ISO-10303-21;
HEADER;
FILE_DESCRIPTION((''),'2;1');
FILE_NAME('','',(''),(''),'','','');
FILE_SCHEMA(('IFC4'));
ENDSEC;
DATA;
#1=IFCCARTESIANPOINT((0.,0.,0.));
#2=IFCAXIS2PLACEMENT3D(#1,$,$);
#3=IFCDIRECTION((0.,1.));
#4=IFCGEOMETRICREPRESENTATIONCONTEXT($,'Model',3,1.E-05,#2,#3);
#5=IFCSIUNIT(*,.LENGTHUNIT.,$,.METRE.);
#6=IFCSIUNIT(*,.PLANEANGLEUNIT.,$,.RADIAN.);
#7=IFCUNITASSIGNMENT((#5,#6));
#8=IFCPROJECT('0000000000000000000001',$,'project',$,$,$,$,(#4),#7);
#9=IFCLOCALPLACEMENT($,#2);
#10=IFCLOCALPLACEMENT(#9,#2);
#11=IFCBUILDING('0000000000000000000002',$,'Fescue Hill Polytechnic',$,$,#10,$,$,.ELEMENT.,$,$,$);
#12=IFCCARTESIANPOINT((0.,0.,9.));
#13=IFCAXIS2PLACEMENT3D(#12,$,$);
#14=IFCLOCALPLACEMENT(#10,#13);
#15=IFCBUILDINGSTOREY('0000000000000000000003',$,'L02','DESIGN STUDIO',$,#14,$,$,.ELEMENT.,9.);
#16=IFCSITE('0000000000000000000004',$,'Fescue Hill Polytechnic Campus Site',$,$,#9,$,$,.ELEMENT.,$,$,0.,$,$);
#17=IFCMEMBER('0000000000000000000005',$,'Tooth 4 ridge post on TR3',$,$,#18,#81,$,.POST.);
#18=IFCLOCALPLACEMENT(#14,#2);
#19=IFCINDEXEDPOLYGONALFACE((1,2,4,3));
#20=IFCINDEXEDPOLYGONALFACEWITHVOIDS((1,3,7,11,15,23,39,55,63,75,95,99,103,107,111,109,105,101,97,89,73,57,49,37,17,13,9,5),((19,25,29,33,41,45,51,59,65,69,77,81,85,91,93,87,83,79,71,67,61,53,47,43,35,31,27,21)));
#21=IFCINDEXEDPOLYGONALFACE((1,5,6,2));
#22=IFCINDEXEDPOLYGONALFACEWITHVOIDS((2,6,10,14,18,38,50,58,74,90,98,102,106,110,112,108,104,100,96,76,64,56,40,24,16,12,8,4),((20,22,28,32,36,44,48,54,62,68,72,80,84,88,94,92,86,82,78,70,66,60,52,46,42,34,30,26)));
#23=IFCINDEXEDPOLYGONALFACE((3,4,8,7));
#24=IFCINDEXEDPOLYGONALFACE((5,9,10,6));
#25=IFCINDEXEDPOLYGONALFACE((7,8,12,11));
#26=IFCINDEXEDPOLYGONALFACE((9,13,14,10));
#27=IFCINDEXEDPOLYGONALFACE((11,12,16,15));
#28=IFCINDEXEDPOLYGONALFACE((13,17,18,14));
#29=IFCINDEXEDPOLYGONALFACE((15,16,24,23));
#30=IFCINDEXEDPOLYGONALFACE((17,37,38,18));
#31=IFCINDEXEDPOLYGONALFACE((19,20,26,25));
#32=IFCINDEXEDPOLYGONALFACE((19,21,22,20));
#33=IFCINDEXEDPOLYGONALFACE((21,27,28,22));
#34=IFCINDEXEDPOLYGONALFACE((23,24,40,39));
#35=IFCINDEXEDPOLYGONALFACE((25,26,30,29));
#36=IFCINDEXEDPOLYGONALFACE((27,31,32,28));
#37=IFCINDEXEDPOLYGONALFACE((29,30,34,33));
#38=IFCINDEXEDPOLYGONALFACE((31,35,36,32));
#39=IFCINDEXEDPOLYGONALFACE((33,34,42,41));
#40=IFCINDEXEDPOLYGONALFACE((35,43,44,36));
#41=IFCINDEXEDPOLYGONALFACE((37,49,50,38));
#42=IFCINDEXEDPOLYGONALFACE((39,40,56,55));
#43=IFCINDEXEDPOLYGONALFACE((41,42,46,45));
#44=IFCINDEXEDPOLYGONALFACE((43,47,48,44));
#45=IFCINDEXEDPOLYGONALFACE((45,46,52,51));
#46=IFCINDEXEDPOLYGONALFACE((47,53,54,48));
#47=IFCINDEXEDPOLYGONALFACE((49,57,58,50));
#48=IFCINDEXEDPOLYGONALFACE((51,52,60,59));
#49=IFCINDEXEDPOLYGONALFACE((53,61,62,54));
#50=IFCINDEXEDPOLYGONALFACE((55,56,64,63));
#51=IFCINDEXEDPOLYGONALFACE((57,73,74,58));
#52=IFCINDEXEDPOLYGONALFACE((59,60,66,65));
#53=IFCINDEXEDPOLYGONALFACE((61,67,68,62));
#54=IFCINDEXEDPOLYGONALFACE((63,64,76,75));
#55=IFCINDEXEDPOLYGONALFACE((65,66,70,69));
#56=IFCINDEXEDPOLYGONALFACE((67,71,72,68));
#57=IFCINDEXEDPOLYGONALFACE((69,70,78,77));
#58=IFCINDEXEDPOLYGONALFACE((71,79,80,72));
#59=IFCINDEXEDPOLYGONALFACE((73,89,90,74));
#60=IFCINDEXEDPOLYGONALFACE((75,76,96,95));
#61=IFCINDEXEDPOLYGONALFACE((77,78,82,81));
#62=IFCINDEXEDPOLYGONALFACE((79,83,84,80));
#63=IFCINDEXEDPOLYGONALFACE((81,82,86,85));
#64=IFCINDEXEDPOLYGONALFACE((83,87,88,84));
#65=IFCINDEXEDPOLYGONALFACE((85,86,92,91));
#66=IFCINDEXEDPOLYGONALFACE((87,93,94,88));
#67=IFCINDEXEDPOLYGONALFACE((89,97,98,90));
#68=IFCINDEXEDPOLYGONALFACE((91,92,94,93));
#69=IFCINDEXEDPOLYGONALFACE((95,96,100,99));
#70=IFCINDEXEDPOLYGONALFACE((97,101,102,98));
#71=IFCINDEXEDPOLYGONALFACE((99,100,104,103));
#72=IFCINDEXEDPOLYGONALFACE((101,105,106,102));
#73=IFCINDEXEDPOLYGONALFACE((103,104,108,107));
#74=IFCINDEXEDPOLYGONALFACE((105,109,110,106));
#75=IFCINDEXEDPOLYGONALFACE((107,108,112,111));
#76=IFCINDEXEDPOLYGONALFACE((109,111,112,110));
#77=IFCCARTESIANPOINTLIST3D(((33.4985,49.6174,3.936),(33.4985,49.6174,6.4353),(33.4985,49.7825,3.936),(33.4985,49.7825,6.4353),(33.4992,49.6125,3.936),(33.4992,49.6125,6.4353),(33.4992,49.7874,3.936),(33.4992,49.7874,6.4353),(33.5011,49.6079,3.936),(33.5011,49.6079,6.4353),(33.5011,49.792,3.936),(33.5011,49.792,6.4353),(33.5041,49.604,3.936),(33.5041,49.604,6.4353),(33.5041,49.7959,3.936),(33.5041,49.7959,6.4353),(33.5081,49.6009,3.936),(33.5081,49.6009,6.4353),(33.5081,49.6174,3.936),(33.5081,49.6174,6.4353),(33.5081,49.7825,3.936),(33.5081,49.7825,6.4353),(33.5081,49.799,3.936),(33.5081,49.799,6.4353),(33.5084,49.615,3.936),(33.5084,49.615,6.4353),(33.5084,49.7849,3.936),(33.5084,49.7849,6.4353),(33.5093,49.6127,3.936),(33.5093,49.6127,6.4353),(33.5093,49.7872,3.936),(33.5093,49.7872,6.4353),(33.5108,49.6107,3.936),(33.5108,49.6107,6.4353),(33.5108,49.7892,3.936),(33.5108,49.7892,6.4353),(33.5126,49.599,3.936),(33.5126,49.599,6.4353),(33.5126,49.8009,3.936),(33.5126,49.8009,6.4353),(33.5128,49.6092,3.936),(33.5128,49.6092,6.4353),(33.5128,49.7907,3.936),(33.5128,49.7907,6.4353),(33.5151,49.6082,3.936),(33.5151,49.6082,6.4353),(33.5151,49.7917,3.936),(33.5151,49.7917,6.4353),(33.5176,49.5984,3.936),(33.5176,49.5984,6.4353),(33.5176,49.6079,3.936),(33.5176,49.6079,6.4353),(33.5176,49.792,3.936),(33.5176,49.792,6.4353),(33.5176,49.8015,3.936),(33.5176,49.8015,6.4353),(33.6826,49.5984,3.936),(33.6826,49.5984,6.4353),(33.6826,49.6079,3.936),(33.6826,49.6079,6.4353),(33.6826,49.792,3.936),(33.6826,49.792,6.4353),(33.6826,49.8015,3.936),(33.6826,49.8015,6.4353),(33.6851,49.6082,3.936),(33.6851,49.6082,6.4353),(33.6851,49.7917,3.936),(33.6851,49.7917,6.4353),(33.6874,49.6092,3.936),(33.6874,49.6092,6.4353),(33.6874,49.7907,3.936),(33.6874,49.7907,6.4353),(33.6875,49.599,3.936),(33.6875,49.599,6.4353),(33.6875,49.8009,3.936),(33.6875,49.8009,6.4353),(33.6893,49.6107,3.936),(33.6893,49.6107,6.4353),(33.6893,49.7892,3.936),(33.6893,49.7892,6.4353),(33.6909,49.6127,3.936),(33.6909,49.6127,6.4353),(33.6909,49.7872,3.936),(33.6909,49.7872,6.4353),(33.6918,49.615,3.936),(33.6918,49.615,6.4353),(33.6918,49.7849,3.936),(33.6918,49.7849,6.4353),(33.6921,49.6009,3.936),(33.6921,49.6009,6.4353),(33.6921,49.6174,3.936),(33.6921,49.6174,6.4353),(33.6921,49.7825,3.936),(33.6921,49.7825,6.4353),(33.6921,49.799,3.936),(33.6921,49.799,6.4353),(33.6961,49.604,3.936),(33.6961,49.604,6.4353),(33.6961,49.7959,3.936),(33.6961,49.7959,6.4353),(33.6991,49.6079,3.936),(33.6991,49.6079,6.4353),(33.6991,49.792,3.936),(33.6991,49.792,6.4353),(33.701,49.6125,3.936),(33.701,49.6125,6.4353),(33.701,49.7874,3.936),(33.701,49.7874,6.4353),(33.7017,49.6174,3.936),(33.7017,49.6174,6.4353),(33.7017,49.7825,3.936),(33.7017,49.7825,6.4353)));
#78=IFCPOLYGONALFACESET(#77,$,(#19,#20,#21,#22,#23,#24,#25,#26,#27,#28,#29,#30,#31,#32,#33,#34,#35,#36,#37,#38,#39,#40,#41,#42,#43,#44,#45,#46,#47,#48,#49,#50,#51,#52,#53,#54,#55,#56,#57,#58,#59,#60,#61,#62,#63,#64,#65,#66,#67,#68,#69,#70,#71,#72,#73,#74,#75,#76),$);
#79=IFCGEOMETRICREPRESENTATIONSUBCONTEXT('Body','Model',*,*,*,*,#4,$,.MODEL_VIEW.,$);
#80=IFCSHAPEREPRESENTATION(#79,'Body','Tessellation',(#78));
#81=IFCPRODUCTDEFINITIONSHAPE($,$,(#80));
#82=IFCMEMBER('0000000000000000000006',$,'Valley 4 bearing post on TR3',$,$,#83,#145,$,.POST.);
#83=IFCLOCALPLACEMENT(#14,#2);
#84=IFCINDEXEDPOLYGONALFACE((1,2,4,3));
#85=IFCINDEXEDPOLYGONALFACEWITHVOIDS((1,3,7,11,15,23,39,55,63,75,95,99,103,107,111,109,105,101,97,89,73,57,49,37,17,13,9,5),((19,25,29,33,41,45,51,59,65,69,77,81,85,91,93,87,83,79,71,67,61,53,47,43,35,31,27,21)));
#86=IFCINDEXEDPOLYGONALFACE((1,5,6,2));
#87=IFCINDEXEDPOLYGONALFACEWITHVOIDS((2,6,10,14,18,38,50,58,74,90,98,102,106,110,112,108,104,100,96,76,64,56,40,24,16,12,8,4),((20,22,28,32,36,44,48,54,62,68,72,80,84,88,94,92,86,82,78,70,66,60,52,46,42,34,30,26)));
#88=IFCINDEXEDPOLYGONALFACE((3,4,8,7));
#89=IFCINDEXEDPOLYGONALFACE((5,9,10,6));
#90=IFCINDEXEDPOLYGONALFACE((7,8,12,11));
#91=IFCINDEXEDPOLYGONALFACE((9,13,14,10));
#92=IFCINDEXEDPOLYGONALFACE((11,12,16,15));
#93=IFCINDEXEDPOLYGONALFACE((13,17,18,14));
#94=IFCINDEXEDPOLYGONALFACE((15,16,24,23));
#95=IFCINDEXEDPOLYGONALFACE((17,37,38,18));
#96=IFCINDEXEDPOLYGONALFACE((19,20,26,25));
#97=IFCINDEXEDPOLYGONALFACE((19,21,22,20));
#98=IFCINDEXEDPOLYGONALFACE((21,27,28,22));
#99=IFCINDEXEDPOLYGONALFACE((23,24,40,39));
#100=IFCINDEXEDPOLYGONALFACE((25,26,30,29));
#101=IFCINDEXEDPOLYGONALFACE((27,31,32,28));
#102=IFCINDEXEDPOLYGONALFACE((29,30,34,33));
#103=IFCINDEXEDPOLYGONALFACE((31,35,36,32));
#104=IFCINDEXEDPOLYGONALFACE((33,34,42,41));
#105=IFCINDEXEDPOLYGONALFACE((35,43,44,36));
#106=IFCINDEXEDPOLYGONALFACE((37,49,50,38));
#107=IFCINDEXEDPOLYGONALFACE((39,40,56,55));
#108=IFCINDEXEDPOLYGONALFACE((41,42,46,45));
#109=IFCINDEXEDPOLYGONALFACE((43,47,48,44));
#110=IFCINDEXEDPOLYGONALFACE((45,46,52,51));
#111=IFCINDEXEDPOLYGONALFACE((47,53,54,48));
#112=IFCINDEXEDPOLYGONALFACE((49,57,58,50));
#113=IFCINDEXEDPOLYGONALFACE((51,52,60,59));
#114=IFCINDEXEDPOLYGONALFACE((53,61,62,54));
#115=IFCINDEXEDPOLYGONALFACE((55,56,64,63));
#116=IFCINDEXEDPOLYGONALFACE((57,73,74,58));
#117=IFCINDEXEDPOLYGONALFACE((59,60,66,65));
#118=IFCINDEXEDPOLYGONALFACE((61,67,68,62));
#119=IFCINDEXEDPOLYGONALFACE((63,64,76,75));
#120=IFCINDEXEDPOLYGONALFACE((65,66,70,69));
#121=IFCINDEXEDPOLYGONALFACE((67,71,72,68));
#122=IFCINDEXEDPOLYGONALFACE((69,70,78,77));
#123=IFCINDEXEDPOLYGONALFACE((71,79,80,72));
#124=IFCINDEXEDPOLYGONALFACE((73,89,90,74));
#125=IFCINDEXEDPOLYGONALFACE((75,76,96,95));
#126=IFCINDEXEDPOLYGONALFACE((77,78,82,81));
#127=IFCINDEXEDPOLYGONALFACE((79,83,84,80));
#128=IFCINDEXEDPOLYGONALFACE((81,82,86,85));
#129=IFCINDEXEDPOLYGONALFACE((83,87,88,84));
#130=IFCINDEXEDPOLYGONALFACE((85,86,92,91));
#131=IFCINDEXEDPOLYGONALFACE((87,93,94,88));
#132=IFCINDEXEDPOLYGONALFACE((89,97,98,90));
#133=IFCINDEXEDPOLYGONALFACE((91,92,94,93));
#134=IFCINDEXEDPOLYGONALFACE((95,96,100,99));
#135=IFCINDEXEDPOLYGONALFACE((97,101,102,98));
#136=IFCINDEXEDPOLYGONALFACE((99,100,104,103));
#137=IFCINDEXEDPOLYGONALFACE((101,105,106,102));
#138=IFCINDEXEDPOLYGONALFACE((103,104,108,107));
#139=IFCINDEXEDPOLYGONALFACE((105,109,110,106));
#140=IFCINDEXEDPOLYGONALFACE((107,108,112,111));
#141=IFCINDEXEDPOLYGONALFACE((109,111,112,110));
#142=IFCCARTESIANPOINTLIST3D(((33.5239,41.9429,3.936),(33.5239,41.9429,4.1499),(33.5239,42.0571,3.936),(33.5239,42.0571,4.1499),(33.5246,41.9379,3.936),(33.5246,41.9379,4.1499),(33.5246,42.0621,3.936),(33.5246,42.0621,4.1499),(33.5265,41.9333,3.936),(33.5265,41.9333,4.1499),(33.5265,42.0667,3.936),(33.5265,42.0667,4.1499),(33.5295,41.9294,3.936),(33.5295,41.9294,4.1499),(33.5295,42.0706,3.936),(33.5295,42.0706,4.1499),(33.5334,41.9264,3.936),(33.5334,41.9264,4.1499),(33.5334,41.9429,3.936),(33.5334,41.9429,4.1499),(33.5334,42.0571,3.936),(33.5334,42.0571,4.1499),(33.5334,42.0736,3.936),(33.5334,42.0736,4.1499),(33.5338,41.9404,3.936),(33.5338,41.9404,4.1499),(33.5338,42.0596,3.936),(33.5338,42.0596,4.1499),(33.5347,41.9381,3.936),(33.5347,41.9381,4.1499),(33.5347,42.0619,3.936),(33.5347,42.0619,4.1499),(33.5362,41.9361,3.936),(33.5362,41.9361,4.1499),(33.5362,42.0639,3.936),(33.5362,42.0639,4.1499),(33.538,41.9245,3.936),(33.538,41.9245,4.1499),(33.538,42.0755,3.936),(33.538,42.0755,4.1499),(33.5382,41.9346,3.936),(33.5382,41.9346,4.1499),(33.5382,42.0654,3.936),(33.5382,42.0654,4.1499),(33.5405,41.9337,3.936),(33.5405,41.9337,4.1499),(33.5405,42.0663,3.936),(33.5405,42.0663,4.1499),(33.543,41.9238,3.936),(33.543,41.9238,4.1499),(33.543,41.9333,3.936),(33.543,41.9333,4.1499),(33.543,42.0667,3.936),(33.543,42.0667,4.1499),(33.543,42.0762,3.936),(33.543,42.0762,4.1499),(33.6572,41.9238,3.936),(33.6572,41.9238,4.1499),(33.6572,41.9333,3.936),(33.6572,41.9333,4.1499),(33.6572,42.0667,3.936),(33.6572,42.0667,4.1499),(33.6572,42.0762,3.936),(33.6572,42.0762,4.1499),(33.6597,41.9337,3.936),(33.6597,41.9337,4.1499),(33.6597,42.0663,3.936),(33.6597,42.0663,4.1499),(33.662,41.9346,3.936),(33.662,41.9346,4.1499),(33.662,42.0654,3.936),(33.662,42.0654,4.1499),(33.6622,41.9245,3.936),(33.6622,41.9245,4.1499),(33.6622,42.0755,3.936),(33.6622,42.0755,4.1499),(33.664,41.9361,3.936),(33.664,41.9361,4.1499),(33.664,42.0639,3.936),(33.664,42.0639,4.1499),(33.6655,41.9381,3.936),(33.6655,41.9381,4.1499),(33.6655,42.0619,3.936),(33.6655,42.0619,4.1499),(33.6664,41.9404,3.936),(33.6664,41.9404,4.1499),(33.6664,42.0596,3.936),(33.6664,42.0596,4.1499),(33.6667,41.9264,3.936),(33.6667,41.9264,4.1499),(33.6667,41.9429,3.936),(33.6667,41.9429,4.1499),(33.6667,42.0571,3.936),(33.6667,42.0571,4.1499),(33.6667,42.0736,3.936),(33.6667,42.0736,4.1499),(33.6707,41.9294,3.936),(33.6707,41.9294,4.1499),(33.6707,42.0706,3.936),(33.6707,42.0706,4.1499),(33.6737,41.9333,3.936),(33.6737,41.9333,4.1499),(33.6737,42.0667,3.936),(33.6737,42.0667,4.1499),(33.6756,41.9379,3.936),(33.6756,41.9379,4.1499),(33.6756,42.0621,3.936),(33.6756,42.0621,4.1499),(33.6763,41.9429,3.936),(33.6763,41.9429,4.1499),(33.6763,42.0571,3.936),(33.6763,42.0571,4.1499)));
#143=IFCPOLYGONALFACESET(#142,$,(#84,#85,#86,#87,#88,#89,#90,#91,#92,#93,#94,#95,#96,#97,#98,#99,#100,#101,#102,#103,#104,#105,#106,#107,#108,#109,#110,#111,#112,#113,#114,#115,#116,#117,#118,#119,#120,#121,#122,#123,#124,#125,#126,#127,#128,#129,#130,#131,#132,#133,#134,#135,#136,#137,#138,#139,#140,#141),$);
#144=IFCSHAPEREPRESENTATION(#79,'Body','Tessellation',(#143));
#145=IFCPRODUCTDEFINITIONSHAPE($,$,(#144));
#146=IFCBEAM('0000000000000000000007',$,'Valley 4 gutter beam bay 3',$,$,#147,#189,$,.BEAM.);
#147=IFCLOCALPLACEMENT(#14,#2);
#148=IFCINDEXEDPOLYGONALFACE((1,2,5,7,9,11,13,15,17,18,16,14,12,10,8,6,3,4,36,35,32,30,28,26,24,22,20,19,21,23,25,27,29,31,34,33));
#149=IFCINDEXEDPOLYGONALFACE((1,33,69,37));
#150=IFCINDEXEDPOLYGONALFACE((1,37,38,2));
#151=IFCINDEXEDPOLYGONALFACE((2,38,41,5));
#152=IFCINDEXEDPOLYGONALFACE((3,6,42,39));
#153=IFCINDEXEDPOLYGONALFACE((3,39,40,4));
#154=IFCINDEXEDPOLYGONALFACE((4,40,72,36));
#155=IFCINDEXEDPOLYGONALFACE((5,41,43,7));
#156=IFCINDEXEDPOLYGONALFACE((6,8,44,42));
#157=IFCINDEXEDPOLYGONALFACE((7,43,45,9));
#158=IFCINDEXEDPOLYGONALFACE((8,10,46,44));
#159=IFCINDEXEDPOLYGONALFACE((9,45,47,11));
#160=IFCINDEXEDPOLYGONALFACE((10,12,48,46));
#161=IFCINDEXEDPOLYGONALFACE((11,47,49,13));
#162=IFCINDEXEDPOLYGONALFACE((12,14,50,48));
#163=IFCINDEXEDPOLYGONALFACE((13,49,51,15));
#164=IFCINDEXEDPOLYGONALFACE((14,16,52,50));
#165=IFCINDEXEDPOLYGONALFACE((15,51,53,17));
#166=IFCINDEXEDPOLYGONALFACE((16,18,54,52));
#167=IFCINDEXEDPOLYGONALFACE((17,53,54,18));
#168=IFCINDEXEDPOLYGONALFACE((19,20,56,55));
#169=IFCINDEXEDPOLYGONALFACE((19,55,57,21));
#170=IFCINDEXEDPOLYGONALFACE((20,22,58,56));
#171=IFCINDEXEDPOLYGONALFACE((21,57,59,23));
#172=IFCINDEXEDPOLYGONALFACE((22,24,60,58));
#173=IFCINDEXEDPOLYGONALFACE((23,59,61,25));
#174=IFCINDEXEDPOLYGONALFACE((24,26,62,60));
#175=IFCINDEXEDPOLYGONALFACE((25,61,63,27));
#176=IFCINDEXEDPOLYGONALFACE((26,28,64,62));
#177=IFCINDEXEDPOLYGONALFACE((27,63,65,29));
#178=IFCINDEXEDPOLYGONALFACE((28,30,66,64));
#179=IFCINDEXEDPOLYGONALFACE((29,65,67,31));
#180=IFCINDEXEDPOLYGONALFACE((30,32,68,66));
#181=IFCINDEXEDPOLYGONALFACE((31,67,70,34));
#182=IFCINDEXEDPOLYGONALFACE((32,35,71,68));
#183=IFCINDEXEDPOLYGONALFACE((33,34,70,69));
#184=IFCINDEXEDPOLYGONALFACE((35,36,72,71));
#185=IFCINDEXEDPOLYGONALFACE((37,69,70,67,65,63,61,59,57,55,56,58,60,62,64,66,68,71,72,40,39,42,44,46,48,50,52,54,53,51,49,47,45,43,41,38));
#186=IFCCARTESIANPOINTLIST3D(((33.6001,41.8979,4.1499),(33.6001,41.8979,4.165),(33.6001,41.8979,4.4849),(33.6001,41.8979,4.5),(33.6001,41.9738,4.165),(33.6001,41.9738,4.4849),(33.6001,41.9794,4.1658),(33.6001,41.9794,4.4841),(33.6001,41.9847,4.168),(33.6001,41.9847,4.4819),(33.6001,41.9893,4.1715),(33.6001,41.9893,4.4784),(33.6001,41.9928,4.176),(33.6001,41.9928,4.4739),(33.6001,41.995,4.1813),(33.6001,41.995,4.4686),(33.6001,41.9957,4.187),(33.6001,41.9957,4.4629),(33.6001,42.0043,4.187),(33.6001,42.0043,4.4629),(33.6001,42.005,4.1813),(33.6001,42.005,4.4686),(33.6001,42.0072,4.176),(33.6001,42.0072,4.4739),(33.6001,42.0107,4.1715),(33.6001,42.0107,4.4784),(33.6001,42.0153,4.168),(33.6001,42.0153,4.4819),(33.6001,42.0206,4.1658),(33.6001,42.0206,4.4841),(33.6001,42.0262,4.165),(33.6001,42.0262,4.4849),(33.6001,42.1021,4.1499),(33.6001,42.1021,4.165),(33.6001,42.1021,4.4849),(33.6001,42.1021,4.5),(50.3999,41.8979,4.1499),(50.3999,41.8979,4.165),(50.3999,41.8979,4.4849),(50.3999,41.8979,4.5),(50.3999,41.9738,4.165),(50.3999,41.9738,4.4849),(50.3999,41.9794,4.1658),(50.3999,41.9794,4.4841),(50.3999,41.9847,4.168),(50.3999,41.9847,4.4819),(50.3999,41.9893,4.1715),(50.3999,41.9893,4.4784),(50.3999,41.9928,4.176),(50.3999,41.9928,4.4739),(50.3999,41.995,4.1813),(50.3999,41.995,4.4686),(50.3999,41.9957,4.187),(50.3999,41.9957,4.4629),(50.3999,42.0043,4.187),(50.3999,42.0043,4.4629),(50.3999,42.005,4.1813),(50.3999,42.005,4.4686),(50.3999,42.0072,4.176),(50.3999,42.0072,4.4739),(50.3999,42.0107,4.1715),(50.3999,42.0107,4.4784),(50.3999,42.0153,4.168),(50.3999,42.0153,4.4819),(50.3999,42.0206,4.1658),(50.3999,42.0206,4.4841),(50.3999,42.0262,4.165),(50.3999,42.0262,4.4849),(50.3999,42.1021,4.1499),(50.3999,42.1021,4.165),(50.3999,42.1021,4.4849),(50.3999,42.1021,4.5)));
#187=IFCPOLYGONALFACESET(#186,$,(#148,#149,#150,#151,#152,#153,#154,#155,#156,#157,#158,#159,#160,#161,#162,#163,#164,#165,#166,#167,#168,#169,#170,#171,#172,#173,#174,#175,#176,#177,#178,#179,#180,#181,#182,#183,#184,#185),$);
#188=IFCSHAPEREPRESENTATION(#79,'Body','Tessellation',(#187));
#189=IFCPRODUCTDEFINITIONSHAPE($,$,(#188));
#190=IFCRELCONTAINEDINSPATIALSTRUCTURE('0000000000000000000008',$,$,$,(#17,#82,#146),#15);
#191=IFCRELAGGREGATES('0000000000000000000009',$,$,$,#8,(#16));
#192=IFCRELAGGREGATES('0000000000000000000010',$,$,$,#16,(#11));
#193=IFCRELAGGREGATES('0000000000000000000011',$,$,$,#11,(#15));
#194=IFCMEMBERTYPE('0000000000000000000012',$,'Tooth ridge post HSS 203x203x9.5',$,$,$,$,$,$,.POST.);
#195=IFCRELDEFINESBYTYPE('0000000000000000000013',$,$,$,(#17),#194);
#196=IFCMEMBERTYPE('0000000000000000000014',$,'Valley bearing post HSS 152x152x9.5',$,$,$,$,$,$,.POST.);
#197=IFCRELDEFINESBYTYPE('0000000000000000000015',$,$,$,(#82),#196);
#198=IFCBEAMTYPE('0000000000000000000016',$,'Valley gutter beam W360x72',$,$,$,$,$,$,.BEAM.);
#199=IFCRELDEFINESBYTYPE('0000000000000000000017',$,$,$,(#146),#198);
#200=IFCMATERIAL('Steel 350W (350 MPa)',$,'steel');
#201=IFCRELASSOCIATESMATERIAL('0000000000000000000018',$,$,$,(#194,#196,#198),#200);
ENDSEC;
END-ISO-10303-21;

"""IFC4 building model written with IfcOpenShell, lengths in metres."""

from ifc_helpers import new_model, si_unit, direction, frame, origin, origin_2d, place, context, subcontext, project, spatial, hollow_rectangle, i_section, extrude, material, material_profile, profile_set, type_object, element, save


model = new_model("IFC4")

# Units and contexts
model_context = context("Model", 3, precision=1e-05, world=origin(), true_north=direction((0.0, 1.0)))
body_context = subcontext(model_context, "Body", "Model", "MODEL_VIEW")
ifc_project = project(units=[si_unit("LENGTHUNIT", "METRE"), si_unit("PLANEANGLEUNIT", "RADIAN")], contexts=[model_context])

# Site, building, storey
site_placement = place(None, origin())
site = spatial("IfcSite", under=ifc_project, at=site_placement, Name="Fescue Hill Polytechnic Campus Site", CompositionType="ELEMENT", RefElevation=0.0)
building_placement = place(site_placement, origin())
building = spatial("IfcBuilding", under=site, at=building_placement, Name="Fescue Hill Polytechnic", CompositionType="ELEMENT")
storey_placement = place(building_placement, frame((0.0, 0.0, 9.0)))
storey = spatial("IfcBuildingStorey", under=building, at=storey_placement, Name="L02", Description="DESIGN STUDIO", CompositionType="ELEMENT", Elevation=9.0)

# Members
ifc_material = material(Name="Steel 350W (350 MPa)", Category="steel")
ifc_material_profile_1 = material_profile(ifc_material, hollow_rectangle(XDim=0.2031, YDim=0.2031, WallThickness=0.0095, InnerFilletRadius=0.0095, OuterFilletRadius=0.019, at=origin_2d()), Name="Tooth ridge post HSS 203x203x9.5")
ifc_profile_set_1 = profile_set([ifc_material_profile_1], Name="Steel 350W (350 MPa)")
member_type_1 = type_object("IfcMemberType", Name="Tooth ridge post HSS 203x203x9.5", PredefinedType="POST", material=ifc_profile_set_1)
for number, where, z_axis, x_axis, name in (
    (1, (33.6001, 49.7, 3.936), (0.0, 0.0, 1.0), (1.0, 0.0, 0.0), "Tooth 4 ridge post on TR3"),
):
    element("IfcMember", number, at=place(storey_placement, frame(where, z_axis=z_axis, x_axis=x_axis)), inside=storey, type_object=member_type_1, Name=name, PredefinedType="POST", context=body_context, shape_type="SweptSolid", body=[
        extrude(hollow_rectangle(XDim=0.2031, YDim=0.2031, WallThickness=0.0095, InnerFilletRadius=0.0095, OuterFilletRadius=0.019, at=origin_2d()), origin(), (0.0, 0.0, 1.0), 2.4993),
    ])
ifc_material_profile_2 = material_profile(ifc_material, hollow_rectangle(XDim=0.1523, YDim=0.1523, WallThickness=0.0095, InnerFilletRadius=0.0095, OuterFilletRadius=0.019, at=origin_2d()), Name="Valley bearing post HSS 152x152x9.5")
ifc_profile_set_2 = profile_set([ifc_material_profile_2], Name="Steel 350W (350 MPa)")
member_type_2 = type_object("IfcMemberType", Name="Valley bearing post HSS 152x152x9.5", PredefinedType="POST", material=ifc_profile_set_2)
member_1_placement = place(storey_placement, frame((33.6001, 42.0, 3.936), z_axis=(0.0, 0.0, 1.0), x_axis=(1.0, 0.0, 0.0)))
element("IfcMember", 2, at=member_1_placement, inside=storey, type_object=member_type_2, Name="Valley 4 bearing post on TR3", PredefinedType="POST", context=body_context, shape_type="SweptSolid", body=[
    extrude(hollow_rectangle(XDim=0.1523, YDim=0.1523, WallThickness=0.0095, InnerFilletRadius=0.0095, OuterFilletRadius=0.019, at=origin_2d()), origin(), (0.0, 0.0, 1.0), 0.2139),
])

# Beam
ifc_material_profile_3 = material_profile(ifc_material, i_section(OverallWidth=0.2041, OverallDepth=0.3501, WebThickness=0.0085, FlangeThickness=0.0151, FilletRadius=0.022, at=origin_2d()), Name="W360x72")
ifc_profile_set_3 = profile_set([ifc_material_profile_3], Name="Steel 350W (350 MPa)")
beam_type = type_object("IfcBeamType", Name="Valley gutter beam W360x72", PredefinedType="BEAM", material=ifc_profile_set_3)
beam_placement = place(storey_placement, frame((33.6001, 42.0, 4.325), z_axis=(1.0, 0.0, 0.0), x_axis=(0.0, 1.0, 0.0)))
element("IfcBeam", 3, at=beam_placement, inside=storey, type_object=beam_type, Name="Valley 4 gutter beam bay 3", PredefinedType="BEAM", context=body_context, shape_type="SweptSolid", body=[
    extrude(i_section(OverallWidth=0.2041, OverallDepth=0.3501, WebThickness=0.0085, FlangeThickness=0.0151, FilletRadius=0.022, at=origin_2d()), origin(), (0.0, 0.0, 1.0), 16.7998),
])

save(model, "model.ifc")
